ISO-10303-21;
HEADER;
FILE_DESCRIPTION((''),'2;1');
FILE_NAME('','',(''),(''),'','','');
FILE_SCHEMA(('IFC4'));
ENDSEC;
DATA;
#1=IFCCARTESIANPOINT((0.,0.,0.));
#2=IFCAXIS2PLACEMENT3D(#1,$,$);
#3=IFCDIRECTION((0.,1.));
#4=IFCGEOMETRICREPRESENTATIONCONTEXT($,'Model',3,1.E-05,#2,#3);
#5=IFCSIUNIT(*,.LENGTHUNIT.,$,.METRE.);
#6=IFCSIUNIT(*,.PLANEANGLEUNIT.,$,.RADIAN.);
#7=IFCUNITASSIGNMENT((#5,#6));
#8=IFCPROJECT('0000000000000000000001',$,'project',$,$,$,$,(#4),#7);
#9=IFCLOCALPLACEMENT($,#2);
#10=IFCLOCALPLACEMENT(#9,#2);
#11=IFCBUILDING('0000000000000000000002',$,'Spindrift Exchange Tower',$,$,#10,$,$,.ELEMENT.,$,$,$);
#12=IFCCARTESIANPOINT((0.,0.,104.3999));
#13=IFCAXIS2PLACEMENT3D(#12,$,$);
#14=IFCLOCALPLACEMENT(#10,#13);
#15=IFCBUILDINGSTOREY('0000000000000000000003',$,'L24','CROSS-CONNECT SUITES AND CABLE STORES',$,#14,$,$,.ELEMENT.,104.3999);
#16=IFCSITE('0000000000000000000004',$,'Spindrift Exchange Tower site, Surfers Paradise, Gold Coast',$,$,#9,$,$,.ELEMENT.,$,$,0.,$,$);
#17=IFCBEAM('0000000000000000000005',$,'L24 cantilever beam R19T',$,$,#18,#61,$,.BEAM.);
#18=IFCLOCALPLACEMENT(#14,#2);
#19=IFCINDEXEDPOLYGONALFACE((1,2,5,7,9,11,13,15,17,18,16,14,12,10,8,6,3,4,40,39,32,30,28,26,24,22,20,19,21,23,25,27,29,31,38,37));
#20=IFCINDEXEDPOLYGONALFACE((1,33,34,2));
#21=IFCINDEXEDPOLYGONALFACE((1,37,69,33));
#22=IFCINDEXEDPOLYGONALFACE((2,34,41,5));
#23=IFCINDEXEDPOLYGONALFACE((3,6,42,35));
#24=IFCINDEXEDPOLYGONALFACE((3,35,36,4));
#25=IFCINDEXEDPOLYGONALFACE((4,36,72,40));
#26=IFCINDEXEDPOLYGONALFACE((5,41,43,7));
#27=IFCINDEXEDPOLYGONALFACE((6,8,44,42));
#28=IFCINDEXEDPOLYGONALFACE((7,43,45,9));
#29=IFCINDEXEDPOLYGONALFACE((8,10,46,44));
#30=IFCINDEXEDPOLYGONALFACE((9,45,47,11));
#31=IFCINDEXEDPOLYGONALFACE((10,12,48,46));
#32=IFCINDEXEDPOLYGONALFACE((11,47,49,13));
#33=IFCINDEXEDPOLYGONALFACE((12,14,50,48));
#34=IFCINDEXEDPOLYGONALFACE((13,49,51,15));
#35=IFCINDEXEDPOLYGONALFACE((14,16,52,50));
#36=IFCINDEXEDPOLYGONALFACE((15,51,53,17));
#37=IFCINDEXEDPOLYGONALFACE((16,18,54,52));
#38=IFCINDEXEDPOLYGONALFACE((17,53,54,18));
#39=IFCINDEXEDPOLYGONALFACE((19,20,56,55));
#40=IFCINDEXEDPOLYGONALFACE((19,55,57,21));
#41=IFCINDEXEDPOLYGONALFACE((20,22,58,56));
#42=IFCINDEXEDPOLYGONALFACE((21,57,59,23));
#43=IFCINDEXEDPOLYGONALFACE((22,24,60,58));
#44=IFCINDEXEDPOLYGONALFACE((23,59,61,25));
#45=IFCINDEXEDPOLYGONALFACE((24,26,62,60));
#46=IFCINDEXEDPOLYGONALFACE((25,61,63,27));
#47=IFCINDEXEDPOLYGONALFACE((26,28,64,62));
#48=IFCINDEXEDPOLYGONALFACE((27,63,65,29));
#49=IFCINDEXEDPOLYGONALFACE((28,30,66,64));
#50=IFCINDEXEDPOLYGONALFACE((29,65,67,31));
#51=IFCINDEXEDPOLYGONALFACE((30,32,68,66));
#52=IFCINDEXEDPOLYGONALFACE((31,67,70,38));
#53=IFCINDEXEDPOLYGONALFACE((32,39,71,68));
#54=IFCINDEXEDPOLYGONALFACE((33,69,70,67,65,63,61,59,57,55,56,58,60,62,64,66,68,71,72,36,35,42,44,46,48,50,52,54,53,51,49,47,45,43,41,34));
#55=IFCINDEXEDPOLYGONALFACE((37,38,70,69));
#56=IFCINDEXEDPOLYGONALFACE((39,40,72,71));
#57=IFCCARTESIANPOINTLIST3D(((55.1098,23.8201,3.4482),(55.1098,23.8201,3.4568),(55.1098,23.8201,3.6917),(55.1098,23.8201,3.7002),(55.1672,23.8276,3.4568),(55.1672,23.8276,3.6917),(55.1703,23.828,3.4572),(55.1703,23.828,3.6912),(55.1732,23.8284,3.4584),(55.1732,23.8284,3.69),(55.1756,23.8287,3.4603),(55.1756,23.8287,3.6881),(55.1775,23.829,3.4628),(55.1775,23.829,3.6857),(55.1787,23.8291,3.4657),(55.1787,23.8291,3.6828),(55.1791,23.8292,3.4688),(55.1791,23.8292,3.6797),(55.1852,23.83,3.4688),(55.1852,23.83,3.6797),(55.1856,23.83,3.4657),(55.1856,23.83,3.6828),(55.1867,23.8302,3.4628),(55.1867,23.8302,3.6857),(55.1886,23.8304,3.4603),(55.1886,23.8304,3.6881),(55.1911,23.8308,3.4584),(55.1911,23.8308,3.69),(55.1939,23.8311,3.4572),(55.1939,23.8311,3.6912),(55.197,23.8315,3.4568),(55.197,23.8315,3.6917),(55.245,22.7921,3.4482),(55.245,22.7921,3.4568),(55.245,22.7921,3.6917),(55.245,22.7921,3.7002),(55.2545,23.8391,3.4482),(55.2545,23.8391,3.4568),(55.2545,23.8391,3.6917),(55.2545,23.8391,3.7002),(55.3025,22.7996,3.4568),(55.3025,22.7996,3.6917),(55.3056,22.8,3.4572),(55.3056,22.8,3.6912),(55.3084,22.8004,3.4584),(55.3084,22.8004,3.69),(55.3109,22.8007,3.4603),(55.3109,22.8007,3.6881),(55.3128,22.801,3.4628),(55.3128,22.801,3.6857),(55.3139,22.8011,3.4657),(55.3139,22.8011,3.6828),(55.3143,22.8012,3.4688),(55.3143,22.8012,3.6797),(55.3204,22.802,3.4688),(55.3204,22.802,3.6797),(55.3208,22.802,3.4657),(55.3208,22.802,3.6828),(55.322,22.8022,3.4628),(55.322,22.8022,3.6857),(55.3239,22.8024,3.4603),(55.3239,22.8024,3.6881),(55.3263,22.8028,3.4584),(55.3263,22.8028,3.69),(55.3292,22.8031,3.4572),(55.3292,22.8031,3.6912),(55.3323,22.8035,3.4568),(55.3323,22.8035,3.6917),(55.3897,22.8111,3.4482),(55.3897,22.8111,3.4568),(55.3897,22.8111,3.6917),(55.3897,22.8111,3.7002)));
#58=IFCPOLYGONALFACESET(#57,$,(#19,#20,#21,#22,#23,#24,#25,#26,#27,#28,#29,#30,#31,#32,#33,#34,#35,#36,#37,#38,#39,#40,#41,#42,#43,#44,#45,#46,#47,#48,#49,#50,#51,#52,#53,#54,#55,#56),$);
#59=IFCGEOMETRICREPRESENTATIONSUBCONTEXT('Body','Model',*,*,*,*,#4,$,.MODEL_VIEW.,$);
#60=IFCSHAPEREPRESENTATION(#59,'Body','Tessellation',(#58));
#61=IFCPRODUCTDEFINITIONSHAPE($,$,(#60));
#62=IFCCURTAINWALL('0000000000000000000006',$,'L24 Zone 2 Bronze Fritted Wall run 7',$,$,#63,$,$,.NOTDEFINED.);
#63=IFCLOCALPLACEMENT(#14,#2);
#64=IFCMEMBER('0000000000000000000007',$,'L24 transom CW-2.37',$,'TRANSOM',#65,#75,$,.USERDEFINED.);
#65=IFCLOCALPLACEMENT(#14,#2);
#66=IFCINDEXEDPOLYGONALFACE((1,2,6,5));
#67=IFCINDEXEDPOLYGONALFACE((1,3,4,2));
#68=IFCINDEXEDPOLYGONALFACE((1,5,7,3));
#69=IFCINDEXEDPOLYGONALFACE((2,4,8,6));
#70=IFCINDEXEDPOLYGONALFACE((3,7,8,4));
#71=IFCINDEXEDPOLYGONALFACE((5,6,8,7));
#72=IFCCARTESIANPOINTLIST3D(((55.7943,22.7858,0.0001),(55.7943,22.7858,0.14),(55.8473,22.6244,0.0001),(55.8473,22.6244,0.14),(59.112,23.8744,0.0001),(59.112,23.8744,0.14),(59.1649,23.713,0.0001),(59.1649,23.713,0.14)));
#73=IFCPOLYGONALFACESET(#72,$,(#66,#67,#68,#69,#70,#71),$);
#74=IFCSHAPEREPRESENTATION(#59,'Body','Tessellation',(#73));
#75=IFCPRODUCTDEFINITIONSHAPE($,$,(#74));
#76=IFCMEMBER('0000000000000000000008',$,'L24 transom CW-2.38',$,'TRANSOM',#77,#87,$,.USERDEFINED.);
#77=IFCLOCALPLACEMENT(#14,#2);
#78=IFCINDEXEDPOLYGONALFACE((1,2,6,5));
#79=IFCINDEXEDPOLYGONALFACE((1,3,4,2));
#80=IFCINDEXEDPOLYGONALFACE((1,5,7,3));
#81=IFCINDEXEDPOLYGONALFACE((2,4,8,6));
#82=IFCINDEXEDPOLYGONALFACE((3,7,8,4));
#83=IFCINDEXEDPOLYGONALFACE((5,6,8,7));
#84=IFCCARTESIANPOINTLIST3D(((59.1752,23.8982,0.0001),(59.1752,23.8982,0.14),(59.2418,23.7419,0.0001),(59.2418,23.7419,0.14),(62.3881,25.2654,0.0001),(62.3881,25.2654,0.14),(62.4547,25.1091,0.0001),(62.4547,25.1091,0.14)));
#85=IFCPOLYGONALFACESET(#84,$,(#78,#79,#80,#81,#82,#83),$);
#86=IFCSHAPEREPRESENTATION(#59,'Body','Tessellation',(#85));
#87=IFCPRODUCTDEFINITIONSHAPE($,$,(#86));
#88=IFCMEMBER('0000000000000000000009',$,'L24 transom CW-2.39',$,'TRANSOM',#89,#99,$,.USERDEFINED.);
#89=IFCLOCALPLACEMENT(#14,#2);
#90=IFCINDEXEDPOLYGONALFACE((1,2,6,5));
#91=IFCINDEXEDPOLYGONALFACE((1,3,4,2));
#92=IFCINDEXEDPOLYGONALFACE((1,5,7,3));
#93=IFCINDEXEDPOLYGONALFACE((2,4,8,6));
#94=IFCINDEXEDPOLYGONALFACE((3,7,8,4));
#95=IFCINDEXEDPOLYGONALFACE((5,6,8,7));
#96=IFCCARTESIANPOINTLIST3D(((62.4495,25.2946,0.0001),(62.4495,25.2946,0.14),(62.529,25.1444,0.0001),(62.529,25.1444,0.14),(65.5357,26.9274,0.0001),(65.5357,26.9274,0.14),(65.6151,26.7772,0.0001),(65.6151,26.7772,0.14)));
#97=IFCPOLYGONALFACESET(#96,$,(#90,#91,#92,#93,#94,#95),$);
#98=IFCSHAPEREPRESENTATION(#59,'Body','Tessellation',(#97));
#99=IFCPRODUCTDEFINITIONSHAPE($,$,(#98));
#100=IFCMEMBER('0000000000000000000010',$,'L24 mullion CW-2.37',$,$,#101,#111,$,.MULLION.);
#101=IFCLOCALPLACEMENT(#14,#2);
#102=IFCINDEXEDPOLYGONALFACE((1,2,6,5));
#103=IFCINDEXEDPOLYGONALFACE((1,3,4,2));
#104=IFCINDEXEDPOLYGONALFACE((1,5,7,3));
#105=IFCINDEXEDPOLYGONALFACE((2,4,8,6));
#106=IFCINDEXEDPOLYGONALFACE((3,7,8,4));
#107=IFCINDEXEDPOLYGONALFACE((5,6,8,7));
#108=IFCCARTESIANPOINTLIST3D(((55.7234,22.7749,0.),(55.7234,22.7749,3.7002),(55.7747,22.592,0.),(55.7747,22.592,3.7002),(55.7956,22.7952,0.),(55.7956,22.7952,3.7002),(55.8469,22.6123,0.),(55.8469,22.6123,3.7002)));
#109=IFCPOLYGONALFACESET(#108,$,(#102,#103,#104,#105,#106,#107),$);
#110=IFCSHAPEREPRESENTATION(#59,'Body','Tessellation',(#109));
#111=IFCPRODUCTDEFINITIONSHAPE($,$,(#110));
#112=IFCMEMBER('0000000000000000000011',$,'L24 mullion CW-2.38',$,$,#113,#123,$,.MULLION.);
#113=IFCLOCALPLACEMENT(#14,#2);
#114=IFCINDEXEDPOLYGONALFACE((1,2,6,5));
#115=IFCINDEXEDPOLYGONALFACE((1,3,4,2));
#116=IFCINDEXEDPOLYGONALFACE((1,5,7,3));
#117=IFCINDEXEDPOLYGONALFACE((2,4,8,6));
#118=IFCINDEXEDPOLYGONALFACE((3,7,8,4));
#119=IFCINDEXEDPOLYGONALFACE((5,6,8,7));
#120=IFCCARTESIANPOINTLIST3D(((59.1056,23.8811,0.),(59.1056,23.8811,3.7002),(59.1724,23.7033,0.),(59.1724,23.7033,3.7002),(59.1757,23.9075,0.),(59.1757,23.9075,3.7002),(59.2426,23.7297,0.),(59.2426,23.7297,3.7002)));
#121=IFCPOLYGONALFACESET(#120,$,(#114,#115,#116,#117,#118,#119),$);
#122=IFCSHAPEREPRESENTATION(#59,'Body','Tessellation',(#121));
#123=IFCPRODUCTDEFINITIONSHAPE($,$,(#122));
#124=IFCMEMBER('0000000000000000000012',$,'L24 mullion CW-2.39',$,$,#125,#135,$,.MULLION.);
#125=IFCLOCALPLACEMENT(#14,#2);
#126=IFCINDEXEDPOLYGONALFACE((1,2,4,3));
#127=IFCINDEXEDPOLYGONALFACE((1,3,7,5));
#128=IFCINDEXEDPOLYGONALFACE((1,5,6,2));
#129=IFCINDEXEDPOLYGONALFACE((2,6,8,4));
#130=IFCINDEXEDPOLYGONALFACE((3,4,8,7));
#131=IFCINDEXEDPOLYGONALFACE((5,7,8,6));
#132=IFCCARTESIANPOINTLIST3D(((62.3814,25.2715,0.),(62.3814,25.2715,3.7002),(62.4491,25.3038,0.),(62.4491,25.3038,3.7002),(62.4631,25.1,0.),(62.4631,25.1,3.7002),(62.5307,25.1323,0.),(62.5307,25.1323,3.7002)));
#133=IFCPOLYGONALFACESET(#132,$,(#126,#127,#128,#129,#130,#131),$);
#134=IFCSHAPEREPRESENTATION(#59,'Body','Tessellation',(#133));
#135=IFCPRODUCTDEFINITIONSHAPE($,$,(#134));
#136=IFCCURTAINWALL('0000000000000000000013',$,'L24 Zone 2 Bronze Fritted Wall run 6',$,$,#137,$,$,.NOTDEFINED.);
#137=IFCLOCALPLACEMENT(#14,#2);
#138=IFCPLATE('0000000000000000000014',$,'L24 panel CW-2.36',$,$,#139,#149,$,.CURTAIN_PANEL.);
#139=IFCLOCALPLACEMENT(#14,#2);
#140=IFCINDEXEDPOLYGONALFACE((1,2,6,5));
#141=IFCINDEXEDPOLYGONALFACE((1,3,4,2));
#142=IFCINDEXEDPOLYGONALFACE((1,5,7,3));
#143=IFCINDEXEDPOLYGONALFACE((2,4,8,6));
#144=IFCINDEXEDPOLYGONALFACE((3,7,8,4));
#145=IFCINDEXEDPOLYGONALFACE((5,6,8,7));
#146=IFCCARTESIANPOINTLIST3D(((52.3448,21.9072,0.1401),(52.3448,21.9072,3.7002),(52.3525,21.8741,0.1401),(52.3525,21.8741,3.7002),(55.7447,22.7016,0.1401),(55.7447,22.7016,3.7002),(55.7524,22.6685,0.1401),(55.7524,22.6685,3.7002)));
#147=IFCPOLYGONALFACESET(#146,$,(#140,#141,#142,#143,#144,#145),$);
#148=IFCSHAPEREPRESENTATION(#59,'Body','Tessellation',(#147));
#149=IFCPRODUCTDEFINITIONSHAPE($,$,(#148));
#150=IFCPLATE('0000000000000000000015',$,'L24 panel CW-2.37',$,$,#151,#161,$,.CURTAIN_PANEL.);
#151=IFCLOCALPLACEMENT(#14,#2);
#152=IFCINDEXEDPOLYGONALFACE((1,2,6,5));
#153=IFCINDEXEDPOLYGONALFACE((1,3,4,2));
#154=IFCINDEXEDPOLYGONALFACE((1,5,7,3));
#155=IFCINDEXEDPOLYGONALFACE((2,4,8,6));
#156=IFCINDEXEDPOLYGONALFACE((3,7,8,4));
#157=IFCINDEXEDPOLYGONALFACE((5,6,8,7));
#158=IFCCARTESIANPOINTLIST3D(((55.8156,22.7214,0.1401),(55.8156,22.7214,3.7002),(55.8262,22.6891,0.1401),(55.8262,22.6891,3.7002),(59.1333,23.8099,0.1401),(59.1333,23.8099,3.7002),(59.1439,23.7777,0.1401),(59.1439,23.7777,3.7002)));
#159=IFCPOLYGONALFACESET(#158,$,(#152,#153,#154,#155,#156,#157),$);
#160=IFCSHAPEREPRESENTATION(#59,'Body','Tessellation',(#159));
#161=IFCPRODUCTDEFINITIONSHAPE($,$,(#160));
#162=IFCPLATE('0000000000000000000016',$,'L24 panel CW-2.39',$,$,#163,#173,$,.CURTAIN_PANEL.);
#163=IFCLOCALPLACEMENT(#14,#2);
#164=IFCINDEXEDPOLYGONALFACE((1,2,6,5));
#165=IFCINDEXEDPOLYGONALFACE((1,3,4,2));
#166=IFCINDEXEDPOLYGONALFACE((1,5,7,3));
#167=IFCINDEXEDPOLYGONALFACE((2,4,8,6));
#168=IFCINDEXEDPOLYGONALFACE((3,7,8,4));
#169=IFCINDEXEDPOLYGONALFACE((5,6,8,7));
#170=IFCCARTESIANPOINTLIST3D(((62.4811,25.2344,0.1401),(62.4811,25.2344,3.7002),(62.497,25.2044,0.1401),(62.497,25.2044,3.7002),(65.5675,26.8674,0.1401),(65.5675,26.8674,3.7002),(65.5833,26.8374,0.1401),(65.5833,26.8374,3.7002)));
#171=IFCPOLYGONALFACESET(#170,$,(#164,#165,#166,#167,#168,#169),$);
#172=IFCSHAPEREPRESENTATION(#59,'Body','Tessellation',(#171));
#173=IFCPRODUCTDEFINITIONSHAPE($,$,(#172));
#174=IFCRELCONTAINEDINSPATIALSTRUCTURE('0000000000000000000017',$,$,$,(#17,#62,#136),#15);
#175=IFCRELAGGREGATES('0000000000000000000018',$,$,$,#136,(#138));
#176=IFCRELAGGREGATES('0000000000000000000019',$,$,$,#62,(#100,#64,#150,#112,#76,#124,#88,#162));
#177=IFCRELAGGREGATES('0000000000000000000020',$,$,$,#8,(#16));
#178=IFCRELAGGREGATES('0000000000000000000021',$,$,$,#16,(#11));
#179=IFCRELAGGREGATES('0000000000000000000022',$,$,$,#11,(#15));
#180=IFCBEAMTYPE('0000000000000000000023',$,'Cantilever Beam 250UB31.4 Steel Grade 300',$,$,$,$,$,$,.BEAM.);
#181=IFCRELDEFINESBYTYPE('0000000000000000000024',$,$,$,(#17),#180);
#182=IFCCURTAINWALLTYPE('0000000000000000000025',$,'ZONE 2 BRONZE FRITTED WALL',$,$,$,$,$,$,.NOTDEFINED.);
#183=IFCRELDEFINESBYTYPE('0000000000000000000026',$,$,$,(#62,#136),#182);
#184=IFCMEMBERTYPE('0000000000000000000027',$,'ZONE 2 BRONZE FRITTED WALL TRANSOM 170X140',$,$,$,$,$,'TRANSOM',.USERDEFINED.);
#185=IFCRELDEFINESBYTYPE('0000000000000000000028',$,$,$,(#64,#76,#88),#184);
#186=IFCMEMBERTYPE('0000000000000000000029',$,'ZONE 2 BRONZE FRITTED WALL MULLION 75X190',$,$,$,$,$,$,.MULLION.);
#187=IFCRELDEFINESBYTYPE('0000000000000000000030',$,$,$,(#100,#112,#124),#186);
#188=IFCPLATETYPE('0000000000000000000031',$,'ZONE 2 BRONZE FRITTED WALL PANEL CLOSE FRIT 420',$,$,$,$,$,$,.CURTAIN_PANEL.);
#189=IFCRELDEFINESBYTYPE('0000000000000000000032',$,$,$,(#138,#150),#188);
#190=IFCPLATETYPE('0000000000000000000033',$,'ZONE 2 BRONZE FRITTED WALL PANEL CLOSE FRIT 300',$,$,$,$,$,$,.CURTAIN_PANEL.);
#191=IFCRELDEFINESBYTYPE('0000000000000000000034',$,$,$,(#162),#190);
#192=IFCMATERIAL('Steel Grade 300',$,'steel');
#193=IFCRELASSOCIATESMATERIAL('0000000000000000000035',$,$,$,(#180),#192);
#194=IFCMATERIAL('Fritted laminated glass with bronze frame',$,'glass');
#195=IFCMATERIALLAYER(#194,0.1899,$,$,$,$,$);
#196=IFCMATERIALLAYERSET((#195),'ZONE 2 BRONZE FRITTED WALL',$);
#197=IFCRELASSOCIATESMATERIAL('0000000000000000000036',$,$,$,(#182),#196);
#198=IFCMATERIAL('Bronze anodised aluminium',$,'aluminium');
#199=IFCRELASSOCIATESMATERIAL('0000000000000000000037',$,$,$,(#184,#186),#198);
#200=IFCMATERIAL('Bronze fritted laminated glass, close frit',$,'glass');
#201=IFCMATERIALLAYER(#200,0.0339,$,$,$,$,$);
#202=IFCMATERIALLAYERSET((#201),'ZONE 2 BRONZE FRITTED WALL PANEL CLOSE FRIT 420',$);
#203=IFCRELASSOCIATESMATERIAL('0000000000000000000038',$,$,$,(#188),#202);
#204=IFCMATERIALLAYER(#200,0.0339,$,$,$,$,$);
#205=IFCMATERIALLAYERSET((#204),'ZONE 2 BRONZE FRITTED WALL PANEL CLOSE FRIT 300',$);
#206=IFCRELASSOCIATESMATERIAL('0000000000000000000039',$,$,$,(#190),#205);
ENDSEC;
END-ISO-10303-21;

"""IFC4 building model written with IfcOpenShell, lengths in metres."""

from ifc_helpers import new_model, si_unit, direction, frame, origin, origin_2d, place, context, subcontext, project, spatial, rectangle, i_section, extrude, source, transform, mapped, material, layer, layer_set, material_profile, profile_set, type_object, element, aggregate, save


model = new_model("IFC4")

# Units and contexts
model_context = context("Model", 3, precision=1e-05, world=origin(), true_north=direction((0.0, 1.0)))
body_context = subcontext(model_context, "Body", "Model", "MODEL_VIEW")
ifc_project = project(units=[si_unit("LENGTHUNIT", "METRE"), si_unit("PLANEANGLEUNIT", "RADIAN")], contexts=[model_context])

# Site, building, storey
site_placement = place(None, origin())
site = spatial("IfcSite", under=ifc_project, at=site_placement, Name="Spindrift Exchange Tower site, Surfers Paradise, Gold Coast", CompositionType="ELEMENT", RefElevation=0.0)
building_placement = place(site_placement, origin())
building = spatial("IfcBuilding", under=site, at=building_placement, Name="Spindrift Exchange Tower", CompositionType="ELEMENT")
storey_placement = place(building_placement, frame((0.0, 0.0, 104.3999)))
storey = spatial("IfcBuildingStorey", under=building, at=storey_placement, Name="L24", Description="CROSS-CONNECT SUITES AND CABLE STORES", CompositionType="ELEMENT", Elevation=104.3999)

# Beam
ifc_material_1 = material(Name="Steel Grade 300", Category="steel")
ifc_material_profile_1 = material_profile(ifc_material_1, i_section(OverallWidth=0.146, OverallDepth=0.252, WebThickness=0.0061, FlangeThickness=0.0085, FilletRadius=0.012, at=origin_2d()), Name="250UB31.4")
ifc_profile_set_1 = profile_set([ifc_material_profile_1], Name="Steel Grade 300")
beam_type_1 = type_object("IfcBeamType", Name="Cantilever Beam 250UB31.4 Steel Grade 300", PredefinedType="BEAM", material=ifc_profile_set_1)
shared_shape_1 = source(origin(), body_context, "Body", "SweptSolid", [
    extrude(i_section(OverallWidth=0.146, OverallDepth=0.252, WebThickness=0.0061, FlangeThickness=0.0085, FilletRadius=0.012, at=origin_2d()), origin(), (0.0, 0.0, 1.0), 1.0369),
])
beam_1_placement = place(storey_placement, frame((55.1821, 23.8296, 3.5742), z_axis=(0.130436, -0.991457, 0.0), x_axis=(0.991457, 0.130436, 0.0)))
element("IfcBeam", 1, at=beam_1_placement, inside=storey, type_object=beam_type_1, Name="L24 cantilever beam R19T", PredefinedType="BEAM", context=body_context, shape_type="MappedRepresentation", body=[
    mapped(shared_shape_1, transform((0.0, 0.0, 0.0), scale=1.0)),
])

# Curtain wall, members
ifc_material_2 = material(Name="Fritted laminated glass with bronze frame", Category="glass")
ifc_layer_1 = layer(ifc_material_2, 0.1899)
ifc_layer_set_1 = layer_set([ifc_layer_1], Name="ZONE 2 BRONZE FRITTED WALL")
curtain_wall_type = type_object("IfcCurtainWallType", Name="ZONE 2 BRONZE FRITTED WALL", PredefinedType="NOTDEFINED", material=ifc_layer_set_1)
curtain_wall_1_placement = place(storey_placement, origin())
curtain_wall_1 = element("IfcCurtainWall", 2, at=curtain_wall_1_placement, inside=storey, type_object=curtain_wall_type, Name="L24 Zone 2 Bronze Fritted Wall run 7", PredefinedType="NOTDEFINED")
ifc_material_3 = material(Name="Bronze anodised aluminium", Category="aluminium")
ifc_material_profile_2 = material_profile(ifc_material_3, rectangle(XDim=0.1699, YDim=0.1399, at=origin_2d()), Name="ZONE 2 BRONZE FRITTED WALL TRANSOM 170X140")
ifc_profile_set_2 = profile_set([ifc_material_profile_2], Name="Bronze anodised aluminium")
member_type_1 = type_object("IfcMemberType", Name="ZONE 2 BRONZE FRITTED WALL TRANSOM 170X140", ElementType="TRANSOM", PredefinedType="USERDEFINED", material=ifc_profile_set_2)
shared_shape_2 = source(origin(), body_context, "Body", "SweptSolid", [
    extrude(rectangle(XDim=0.1699, YDim=0.1399, at=origin_2d()), origin(), (0.0, 0.0, 1.0), 3.4917),
])
member_1_placement = place(storey_placement, frame((55.8208, 22.7051, 0.0701), z_axis=(0.950155, 0.311777, 0.0), x_axis=(-0.311777, 0.950155, 0.0)))
member_1 = element("IfcMember", 3, at=member_1_placement, type_object=member_type_1, Name="L24 transom CW-2.37", ObjectType="TRANSOM", PredefinedType="USERDEFINED", context=body_context, shape_type="MappedRepresentation", body=[
    mapped(shared_shape_2, transform((0.0, 0.0, 0.0), scale=1.0)),
])
member_2_placement = place(storey_placement, frame((59.2085, 23.8201, 0.0701), z_axis=(0.920155, 0.391555, 0.0), x_axis=(-0.391555, 0.920155, 0.0)))
member_2 = element("IfcMember", 4, at=member_2_placement, type_object=member_type_1, Name="L24 transom CW-2.38", ObjectType="TRANSOM", PredefinedType="USERDEFINED", context=body_context, shape_type="MappedRepresentation", body=[
    mapped(shared_shape_2, transform((0.0, 0.0, 0.0), scale=1.0)),
])
shared_shape_3 = source(origin(), body_context, "Body", "SweptSolid", [
    extrude(rectangle(XDim=0.1699, YDim=0.1399, at=origin_2d()), origin(), (0.0, 0.0, 1.0), 3.4915),
])
member_3_placement = place(storey_placement, frame((62.4893, 25.2195, 0.0701), z_axis=(0.883912, 0.467653, 0.0), x_axis=(-0.467653, 0.883912, 0.0)))
member_3 = element("IfcMember", 5, at=member_3_placement, type_object=member_type_1, Name="L24 transom CW-2.39", ObjectType="TRANSOM", PredefinedType="USERDEFINED", context=body_context, shape_type="MappedRepresentation", body=[
    mapped(shared_shape_3, transform((0.0, 0.0, 0.0), scale=1.0)),
])
ifc_material_profile_3 = material_profile(ifc_material_3, rectangle(XDim=0.075, YDim=0.1899, at=origin_2d()), Name="ZONE 2 BRONZE FRITTED WALL MULLION 75X190")
ifc_profile_set_3 = profile_set([ifc_material_profile_3], Name="Bronze anodised aluminium")
member_type_2 = type_object("IfcMemberType", Name="ZONE 2 BRONZE FRITTED WALL MULLION 75X190", PredefinedType="MULLION", material=ifc_profile_set_3)
shared_shape_4 = source(origin(), body_context, "Body", "SweptSolid", [
    extrude(rectangle(XDim=0.075, YDim=0.1899, at=origin_2d()), origin(), (0.0, 0.0, 1.0), 3.7002),
])
member_4_placement = place(storey_placement, frame((55.7852, 22.6936, 0.0), z_axis=(0.0, 0.0, 1.0), x_axis=(0.962889, 0.269898, 0.0)))
member_4 = element("IfcMember", 6, at=member_4_placement, type_object=member_type_2, Name="L24 mullion CW-2.37", PredefinedType="MULLION", context=body_context, shape_type="MappedRepresentation", body=[
    mapped(shared_shape_4, transform((0.0, 0.0, 0.0), scale=1.0)),
])
member_5_placement = place(storey_placement, frame((59.1741, 23.8054, 0.0), z_axis=(0.0, 0.0, 1.0), x_axis=(0.936013, 0.351966, 0.0)))
member_5 = element("IfcMember", 7, at=member_5_placement, type_object=member_type_2, Name="L24 mullion CW-2.38", PredefinedType="MULLION", context=body_context, shape_type="MappedRepresentation", body=[
    mapped(shared_shape_4, transform((0.0, 0.0, 0.0), scale=1.0)),
])
member_6_placement = place(storey_placement, frame((62.4561, 25.2019, 0.0), z_axis=(0.0, 0.0, 1.0), x_axis=(0.902836, 0.429985, 0.0)))
member_6 = element("IfcMember", 8, at=member_6_placement, type_object=member_type_2, Name="L24 mullion CW-2.39", PredefinedType="MULLION", context=body_context, shape_type="MappedRepresentation", body=[
    mapped(shared_shape_4, transform((0.0, 0.0, 0.0), scale=1.0)),
])

# Curtain wall, plate
curtain_wall_2_placement = place(storey_placement, origin())
curtain_wall_2 = element("IfcCurtainWall", 9, at=curtain_wall_2_placement, inside=storey, type_object=curtain_wall_type, Name="L24 Zone 2 Bronze Fritted Wall run 6", PredefinedType="NOTDEFINED")
ifc_material_4 = material(Name="Bronze fritted laminated glass, close frit", Category="glass")
ifc_layer_2 = layer(ifc_material_4, 0.0339)
ifc_layer_set_2 = layer_set([ifc_layer_2], Name="ZONE 2 BRONZE FRITTED WALL PANEL CLOSE FRIT 420")
plate_type_1 = type_object("IfcPlateType", Name="ZONE 2 BRONZE FRITTED WALL PANEL CLOSE FRIT 420", PredefinedType="CURTAIN_PANEL", material=ifc_layer_set_2)
shared_shape_5 = source(origin(), body_context, "Body", "SweptSolid", [
    extrude(rectangle(XDim=3.4915, YDim=0.0339, at=origin_2d()), origin(), (0.0, 0.0, 1.0), 3.5601),
])
plate_1_placement = place(storey_placement, frame((54.0486, 22.2878, 0.1401), z_axis=(0.0, 0.0, 1.0), x_axis=(0.973771, 0.227532, 0.0)))
plate_1 = element("IfcPlate", 10, at=plate_1_placement, type_object=plate_type_1, Name="L24 panel CW-2.36", PredefinedType="CURTAIN_PANEL", context=body_context, shape_type="MappedRepresentation", body=[
    mapped(shared_shape_5, transform((0.0, 0.0, 0.0), scale=1.0)),
])
aggregate(curtain_wall_2, [plate_1])

# Plates
shared_shape_6 = source(origin(), body_context, "Body", "SweptSolid", [
    extrude(rectangle(XDim=3.4917, YDim=0.0339, at=origin_2d()), origin(), (0.0, 0.0, 1.0), 3.5601),
])
plate_2_placement = place(storey_placement, frame((57.4797, 23.2495, 0.1401), z_axis=(0.0, 0.0, 1.0), x_axis=(0.950164, 0.31175, 0.0)))
plate_2 = element("IfcPlate", 11, at=plate_2_placement, type_object=plate_type_1, Name="L24 panel CW-2.37", PredefinedType="CURTAIN_PANEL", context=body_context, shape_type="MappedRepresentation", body=[
    mapped(shared_shape_6, transform((0.0, 0.0, 0.0), scale=1.0)),
])
ifc_layer_3 = layer(ifc_material_4, 0.0339)
ifc_layer_set_3 = layer_set([ifc_layer_3], Name="ZONE 2 BRONZE FRITTED WALL PANEL CLOSE FRIT 300")
plate_type_2 = type_object("IfcPlateType", Name="ZONE 2 BRONZE FRITTED WALL PANEL CLOSE FRIT 300", PredefinedType="CURTAIN_PANEL", material=ifc_layer_set_3)
shared_shape_7 = source(origin(), body_context, "Body", "SweptSolid", [
    extrude(rectangle(XDim=3.4917, YDim=0.0339, at=origin_2d()), origin(), (0.0, 0.0, 1.0), 3.5601),
])
plate_3_placement = place(storey_placement, frame((64.0322, 26.0359, 0.1401), z_axis=(0.0, 0.0, 1.0), x_axis=(0.883907, 0.467663, 0.0)))
plate_3 = element("IfcPlate", 12, at=plate_3_placement, type_object=plate_type_2, Name="L24 panel CW-2.39", PredefinedType="CURTAIN_PANEL", context=body_context, shape_type="MappedRepresentation", body=[
    mapped(shared_shape_7, transform((0.0, 0.0, 0.0), scale=1.0)),
])
aggregate(curtain_wall_1, [member_4, member_1, plate_2, member_5, member_2, member_6, member_3, plate_3])

save(model, "model.ifc")
